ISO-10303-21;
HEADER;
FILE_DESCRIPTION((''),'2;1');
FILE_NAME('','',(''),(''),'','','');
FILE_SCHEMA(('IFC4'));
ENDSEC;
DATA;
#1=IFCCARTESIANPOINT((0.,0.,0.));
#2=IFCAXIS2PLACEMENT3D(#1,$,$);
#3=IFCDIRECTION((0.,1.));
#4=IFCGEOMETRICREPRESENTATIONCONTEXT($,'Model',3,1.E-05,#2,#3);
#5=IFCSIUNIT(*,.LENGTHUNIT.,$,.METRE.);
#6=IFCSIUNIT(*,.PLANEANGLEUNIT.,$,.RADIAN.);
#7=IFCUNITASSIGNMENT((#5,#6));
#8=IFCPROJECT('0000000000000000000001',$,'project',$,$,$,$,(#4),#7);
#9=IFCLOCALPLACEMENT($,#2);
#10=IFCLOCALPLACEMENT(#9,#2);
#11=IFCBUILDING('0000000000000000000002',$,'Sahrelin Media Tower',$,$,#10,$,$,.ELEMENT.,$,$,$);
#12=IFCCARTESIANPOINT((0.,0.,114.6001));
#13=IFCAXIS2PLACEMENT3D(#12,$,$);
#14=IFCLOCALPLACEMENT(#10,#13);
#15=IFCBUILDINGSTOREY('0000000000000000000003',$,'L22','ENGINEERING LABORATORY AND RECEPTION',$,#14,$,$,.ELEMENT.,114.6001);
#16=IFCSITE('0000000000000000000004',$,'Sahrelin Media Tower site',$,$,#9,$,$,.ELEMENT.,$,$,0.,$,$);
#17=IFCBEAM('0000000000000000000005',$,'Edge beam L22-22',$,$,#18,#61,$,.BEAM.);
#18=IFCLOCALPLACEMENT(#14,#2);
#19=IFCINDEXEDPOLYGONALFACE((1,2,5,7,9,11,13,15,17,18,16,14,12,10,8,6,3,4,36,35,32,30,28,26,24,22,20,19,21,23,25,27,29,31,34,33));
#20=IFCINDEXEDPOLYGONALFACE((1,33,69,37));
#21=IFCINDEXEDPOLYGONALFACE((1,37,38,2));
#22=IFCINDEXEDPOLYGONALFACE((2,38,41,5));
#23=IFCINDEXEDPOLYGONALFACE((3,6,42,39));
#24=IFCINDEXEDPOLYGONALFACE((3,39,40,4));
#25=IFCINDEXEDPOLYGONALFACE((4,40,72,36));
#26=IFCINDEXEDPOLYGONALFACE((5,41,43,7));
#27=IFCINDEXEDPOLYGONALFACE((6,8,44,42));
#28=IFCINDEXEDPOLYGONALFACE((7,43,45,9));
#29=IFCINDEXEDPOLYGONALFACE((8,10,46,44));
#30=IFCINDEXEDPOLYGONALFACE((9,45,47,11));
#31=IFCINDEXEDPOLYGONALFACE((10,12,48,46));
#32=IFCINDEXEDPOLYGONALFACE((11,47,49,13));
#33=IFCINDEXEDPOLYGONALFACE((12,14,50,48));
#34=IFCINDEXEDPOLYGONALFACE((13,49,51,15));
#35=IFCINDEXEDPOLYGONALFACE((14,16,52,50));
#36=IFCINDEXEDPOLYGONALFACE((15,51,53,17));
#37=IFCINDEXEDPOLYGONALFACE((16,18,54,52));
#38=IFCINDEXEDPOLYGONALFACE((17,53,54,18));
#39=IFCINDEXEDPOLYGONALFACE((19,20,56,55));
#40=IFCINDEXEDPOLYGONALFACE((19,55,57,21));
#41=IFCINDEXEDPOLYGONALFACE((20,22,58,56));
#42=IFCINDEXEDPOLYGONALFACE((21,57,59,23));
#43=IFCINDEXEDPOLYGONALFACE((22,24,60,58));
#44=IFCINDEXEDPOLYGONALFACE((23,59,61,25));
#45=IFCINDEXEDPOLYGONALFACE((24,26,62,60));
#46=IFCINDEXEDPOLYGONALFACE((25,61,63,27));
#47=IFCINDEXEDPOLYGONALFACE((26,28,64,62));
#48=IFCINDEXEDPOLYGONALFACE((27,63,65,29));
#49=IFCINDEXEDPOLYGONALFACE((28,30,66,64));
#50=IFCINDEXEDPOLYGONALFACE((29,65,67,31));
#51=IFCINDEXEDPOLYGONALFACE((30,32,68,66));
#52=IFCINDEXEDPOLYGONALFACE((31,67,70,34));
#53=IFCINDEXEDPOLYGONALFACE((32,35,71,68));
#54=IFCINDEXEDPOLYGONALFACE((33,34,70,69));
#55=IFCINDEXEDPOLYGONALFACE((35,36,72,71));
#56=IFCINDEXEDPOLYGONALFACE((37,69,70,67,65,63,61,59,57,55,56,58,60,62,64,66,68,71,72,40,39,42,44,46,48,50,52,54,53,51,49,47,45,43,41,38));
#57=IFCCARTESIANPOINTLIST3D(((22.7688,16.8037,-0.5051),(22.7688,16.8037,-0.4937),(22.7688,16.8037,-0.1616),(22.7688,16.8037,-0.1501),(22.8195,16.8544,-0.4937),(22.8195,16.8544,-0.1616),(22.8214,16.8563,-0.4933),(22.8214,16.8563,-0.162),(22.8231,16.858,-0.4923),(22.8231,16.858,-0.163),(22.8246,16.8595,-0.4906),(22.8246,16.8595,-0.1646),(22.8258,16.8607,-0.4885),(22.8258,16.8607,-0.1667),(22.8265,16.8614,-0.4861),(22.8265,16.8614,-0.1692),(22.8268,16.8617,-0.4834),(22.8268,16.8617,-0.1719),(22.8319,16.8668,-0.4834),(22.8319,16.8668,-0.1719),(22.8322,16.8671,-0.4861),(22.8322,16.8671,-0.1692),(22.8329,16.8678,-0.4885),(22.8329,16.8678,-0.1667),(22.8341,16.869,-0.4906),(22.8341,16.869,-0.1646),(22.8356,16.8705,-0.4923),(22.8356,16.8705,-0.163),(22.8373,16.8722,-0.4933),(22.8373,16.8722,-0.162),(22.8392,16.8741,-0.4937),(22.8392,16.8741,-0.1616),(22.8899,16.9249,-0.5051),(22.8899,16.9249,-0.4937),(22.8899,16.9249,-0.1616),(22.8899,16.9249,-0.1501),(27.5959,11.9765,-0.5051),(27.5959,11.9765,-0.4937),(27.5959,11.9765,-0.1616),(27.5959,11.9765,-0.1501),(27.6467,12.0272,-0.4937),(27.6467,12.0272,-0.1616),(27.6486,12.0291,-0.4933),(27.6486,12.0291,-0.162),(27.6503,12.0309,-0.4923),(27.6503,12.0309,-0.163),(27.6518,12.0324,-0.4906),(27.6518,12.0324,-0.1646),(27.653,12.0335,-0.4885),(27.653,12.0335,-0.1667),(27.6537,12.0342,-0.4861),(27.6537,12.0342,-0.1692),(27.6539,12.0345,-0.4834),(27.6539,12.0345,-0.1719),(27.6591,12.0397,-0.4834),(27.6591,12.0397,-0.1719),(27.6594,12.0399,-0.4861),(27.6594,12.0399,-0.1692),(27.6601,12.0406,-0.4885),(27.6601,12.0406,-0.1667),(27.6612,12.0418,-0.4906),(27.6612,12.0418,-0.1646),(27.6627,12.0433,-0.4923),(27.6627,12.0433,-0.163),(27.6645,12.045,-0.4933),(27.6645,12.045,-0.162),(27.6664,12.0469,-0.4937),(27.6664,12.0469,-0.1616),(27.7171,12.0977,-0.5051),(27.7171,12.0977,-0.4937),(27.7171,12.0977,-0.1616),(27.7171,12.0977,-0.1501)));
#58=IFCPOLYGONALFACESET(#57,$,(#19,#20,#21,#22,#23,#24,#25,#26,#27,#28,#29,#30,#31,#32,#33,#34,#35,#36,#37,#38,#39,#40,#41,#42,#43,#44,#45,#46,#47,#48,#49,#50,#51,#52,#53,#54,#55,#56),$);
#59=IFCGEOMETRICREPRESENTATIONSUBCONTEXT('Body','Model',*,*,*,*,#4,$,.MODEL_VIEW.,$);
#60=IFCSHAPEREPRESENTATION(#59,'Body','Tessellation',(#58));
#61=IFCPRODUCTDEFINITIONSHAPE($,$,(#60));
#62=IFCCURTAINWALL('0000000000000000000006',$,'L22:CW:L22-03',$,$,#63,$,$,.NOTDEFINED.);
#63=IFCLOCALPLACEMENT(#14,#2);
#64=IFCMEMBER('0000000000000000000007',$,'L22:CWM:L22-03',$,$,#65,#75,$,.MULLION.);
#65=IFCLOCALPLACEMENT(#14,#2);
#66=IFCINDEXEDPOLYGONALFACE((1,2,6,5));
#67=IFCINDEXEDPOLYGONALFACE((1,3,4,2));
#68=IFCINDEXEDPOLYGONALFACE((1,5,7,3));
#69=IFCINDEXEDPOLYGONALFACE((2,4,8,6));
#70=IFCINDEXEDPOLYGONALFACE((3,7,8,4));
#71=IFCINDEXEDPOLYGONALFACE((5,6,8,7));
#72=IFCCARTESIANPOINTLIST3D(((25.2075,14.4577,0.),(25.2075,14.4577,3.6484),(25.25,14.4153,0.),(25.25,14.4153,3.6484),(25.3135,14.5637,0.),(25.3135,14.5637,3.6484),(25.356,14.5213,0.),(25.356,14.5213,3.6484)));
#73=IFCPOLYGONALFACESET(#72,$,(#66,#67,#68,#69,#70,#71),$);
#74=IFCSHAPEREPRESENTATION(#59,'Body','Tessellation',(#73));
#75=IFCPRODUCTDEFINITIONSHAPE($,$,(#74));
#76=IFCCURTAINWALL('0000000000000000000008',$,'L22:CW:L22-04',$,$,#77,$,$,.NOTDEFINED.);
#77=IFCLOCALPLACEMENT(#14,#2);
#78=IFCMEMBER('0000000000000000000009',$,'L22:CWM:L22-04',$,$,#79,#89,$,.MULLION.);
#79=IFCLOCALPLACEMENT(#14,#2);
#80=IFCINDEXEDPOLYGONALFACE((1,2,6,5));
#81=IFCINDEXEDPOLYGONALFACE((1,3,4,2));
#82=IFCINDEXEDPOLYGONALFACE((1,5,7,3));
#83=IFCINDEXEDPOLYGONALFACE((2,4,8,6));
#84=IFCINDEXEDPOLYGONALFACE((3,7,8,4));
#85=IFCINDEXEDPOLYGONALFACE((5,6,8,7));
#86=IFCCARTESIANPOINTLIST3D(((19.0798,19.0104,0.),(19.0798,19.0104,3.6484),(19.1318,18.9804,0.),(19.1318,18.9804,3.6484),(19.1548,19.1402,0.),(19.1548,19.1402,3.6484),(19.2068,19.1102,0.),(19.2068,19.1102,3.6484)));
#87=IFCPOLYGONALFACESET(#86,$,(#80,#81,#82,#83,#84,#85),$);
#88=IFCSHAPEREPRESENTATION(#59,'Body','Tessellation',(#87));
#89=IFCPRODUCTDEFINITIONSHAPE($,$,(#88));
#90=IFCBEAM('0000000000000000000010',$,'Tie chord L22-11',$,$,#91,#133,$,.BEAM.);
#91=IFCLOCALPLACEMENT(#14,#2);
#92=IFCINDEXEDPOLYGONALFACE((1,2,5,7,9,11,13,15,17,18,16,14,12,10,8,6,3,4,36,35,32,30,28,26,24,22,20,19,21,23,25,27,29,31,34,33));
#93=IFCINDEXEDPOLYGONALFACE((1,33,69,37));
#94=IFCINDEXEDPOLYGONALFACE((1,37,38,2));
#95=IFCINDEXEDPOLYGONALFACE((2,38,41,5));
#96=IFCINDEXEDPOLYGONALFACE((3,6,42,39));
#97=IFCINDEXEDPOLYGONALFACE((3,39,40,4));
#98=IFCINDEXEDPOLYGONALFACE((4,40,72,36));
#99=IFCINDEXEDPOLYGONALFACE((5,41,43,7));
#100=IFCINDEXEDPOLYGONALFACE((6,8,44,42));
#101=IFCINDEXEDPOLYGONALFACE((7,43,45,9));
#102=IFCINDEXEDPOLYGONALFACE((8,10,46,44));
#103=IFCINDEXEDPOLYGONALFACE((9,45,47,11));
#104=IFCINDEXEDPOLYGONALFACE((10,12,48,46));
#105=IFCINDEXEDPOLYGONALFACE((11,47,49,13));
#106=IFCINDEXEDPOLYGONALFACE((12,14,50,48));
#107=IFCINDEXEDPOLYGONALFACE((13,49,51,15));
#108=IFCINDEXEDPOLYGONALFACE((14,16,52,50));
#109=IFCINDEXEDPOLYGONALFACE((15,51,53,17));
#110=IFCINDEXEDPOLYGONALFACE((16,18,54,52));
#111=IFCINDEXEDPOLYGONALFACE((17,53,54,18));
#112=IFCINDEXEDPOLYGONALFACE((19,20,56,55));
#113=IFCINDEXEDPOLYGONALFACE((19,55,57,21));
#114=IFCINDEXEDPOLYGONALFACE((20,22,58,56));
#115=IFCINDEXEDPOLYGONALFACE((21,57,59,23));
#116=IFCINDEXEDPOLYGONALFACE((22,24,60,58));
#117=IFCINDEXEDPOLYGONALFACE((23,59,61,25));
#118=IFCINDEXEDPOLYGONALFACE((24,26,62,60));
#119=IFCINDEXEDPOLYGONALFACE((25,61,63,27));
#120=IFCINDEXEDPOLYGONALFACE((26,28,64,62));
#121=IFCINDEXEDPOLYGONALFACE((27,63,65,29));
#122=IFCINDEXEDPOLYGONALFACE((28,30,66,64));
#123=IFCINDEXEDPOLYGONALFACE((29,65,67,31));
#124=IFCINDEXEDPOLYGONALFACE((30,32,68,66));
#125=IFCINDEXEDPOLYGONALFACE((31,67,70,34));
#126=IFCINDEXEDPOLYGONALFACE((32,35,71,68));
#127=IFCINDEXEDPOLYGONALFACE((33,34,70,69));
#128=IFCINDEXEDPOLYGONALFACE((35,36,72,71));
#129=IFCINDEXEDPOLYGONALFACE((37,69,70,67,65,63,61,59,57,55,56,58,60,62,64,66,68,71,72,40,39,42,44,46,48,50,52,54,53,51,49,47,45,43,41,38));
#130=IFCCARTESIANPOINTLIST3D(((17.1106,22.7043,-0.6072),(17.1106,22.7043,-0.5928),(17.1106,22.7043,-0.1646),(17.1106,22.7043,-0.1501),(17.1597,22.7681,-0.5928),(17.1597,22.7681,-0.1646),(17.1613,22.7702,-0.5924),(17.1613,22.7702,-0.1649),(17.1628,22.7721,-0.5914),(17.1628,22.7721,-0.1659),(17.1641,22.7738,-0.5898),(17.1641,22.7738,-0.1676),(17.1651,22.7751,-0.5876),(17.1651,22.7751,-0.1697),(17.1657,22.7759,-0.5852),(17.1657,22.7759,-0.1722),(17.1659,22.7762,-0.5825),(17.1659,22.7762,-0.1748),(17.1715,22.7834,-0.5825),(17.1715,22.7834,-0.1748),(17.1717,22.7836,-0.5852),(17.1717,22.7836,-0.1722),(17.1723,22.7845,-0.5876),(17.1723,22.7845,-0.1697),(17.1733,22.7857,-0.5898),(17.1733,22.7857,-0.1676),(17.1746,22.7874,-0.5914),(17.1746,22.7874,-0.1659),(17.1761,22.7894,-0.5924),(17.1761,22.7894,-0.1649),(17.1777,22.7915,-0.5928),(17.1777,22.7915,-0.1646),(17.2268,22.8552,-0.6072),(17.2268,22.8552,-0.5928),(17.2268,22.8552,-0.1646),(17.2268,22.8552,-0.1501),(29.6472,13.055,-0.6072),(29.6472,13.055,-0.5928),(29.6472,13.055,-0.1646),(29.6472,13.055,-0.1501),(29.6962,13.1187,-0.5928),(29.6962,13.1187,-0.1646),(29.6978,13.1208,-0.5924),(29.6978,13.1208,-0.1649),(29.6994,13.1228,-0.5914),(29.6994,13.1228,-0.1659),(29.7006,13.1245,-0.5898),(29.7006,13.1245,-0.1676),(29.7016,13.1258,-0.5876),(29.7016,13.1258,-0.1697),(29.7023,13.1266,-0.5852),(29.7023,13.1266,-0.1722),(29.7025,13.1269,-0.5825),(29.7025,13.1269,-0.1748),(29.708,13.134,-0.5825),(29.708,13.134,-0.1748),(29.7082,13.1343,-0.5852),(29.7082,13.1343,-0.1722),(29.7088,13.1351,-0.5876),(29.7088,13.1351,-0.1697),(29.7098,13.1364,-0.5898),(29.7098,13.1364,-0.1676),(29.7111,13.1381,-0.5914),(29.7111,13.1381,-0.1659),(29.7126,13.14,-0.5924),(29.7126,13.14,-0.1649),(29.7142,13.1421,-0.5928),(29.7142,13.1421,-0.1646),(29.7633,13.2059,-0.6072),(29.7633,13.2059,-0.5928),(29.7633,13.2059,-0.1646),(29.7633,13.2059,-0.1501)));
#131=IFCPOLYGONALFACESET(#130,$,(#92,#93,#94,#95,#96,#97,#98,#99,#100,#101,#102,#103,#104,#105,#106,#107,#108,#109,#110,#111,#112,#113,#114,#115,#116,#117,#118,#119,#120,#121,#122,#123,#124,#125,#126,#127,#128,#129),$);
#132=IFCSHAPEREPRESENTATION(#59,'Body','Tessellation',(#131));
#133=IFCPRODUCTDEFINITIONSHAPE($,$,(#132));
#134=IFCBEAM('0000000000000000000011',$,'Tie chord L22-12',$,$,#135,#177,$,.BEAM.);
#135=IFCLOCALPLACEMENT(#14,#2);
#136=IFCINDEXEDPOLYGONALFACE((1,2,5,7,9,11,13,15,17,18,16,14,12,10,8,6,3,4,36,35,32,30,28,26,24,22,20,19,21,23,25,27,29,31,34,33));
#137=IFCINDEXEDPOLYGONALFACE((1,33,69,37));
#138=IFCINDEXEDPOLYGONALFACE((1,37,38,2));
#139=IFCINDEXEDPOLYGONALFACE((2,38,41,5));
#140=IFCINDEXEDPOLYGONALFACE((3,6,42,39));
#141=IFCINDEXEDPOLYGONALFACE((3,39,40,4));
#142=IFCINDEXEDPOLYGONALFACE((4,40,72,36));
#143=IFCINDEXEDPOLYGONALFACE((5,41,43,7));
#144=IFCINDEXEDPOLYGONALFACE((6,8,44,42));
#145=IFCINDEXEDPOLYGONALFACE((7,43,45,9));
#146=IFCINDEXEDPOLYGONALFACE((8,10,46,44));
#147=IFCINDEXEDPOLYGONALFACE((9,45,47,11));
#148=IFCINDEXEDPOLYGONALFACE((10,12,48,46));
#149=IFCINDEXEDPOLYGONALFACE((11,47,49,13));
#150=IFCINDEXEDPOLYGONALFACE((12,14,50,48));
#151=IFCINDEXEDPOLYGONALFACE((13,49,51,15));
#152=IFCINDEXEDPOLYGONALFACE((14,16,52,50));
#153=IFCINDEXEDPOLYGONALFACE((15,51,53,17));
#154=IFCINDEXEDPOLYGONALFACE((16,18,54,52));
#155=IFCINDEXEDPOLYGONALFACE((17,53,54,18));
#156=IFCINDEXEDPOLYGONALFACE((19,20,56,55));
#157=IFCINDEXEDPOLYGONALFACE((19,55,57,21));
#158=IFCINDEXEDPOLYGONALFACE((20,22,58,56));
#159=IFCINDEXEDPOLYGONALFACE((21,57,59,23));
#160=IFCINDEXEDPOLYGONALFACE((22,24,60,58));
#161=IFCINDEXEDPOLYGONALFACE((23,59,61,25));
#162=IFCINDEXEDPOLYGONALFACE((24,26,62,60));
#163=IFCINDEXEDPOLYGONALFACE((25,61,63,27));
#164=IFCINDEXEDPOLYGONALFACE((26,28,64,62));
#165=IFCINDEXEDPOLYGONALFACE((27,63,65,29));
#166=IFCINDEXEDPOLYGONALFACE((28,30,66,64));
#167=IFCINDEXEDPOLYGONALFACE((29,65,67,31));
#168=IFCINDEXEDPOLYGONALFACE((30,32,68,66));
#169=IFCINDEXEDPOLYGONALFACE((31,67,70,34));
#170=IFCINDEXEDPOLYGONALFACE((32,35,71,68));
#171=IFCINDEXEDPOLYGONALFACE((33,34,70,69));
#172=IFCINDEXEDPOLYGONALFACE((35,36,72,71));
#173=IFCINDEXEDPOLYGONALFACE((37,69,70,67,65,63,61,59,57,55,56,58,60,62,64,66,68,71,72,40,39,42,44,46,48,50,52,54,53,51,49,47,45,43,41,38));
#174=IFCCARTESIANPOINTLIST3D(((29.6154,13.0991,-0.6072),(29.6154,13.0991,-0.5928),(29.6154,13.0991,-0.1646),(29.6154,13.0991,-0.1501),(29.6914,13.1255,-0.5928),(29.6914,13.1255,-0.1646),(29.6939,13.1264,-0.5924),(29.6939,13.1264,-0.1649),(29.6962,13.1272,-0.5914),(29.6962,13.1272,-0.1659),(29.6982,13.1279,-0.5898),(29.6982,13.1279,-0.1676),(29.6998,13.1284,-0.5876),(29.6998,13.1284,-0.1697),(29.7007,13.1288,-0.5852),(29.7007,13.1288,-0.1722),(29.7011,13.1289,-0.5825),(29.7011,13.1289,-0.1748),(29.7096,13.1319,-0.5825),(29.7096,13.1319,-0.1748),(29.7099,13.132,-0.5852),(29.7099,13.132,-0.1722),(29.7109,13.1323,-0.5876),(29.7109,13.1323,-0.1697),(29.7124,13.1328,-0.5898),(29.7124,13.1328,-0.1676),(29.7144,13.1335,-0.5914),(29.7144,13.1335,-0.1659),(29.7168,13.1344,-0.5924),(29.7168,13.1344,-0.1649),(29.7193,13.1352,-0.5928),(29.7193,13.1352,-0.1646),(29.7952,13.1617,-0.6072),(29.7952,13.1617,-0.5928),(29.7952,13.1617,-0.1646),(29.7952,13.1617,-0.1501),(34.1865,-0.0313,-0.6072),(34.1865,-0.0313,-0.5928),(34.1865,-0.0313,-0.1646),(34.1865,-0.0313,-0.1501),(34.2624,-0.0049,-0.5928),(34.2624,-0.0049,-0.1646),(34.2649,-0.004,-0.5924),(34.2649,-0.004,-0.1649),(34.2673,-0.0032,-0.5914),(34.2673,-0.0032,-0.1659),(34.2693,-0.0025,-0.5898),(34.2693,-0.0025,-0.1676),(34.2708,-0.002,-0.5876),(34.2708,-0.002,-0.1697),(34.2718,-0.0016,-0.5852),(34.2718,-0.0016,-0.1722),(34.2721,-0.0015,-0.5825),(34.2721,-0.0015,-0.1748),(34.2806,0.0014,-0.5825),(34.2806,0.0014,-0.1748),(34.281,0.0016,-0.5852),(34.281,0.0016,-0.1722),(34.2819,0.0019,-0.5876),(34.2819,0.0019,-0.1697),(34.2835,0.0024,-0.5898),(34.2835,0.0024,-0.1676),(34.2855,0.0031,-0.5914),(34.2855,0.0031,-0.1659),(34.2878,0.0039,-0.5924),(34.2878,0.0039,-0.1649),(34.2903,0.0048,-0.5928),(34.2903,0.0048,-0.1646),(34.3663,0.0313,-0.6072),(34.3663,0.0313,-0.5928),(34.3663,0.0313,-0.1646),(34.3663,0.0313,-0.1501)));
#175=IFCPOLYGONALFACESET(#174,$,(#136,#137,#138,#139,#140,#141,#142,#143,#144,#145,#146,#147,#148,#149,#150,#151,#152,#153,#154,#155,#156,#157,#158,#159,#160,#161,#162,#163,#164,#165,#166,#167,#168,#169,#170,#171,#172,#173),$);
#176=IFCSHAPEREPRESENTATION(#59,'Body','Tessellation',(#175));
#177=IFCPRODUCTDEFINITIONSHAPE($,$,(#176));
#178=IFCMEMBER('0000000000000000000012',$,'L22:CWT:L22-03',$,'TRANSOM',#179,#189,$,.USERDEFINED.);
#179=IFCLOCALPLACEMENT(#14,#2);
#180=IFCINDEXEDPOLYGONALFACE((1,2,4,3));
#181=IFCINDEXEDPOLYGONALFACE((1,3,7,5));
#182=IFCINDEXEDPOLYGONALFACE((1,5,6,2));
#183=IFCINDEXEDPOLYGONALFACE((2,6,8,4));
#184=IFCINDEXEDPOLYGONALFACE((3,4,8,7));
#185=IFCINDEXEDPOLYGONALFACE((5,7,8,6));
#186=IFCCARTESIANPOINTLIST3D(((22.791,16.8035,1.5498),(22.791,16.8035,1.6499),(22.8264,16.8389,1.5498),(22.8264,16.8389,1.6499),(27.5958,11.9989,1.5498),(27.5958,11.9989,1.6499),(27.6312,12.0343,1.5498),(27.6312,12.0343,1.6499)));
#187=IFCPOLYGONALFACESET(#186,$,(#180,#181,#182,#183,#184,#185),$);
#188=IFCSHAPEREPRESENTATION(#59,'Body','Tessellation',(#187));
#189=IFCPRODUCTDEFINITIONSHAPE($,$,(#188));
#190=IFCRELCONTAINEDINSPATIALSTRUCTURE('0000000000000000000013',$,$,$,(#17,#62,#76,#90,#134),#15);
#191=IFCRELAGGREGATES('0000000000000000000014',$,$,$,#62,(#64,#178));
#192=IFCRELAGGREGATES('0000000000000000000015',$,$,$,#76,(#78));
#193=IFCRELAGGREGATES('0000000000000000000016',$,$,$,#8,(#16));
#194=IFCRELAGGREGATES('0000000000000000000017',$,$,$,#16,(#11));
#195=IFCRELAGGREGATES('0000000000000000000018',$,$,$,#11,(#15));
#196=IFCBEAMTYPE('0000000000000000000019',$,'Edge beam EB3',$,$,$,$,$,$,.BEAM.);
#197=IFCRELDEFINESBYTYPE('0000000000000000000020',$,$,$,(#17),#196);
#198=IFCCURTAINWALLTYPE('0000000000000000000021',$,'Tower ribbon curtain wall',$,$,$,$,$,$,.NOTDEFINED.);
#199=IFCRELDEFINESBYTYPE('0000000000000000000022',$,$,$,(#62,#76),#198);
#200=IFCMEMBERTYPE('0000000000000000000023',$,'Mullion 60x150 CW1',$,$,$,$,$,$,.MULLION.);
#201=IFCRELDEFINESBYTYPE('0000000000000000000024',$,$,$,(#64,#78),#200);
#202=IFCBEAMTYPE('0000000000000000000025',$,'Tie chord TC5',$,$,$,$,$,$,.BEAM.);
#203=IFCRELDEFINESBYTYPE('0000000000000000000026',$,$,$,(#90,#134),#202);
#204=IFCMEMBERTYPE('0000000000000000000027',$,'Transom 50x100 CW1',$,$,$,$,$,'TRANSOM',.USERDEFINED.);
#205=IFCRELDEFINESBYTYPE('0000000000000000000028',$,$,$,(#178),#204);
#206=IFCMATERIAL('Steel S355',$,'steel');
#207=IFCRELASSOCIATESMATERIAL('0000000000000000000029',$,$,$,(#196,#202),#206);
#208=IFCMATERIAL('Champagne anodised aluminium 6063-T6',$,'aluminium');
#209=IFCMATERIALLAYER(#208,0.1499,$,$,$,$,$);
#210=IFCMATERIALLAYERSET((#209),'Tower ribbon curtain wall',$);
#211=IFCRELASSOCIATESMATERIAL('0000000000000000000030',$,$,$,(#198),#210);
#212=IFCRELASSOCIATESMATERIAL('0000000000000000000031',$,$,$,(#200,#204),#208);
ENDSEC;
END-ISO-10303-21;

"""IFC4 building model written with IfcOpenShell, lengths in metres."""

from ifc_helpers import new_model, si_unit, direction, frame, origin, origin_2d, place, context, subcontext, project, spatial, rectangle, i_section, extrude, material, layer, layer_set, material_profile, profile_set, type_object, element, aggregate, save


model = new_model("IFC4")

# Units and contexts
model_context = context("Model", 3, precision=1e-05, world=origin(), true_north=direction((0.0, 1.0)))
body_context = subcontext(model_context, "Body", "Model", "MODEL_VIEW")
ifc_project = project(units=[si_unit("LENGTHUNIT", "METRE"), si_unit("PLANEANGLEUNIT", "RADIAN")], contexts=[model_context])

# Site, building, storey
site_placement = place(None, origin())
site = spatial("IfcSite", under=ifc_project, at=site_placement, Name="Sahrelin Media Tower site", CompositionType="ELEMENT", RefElevation=0.0)
building_placement = place(site_placement, origin())
building = spatial("IfcBuilding", under=site, at=building_placement, Name="Sahrelin Media Tower", CompositionType="ELEMENT")
storey_placement = place(building_placement, frame((0.0, 0.0, 114.6001)))
storey = spatial("IfcBuildingStorey", under=building, at=storey_placement, Name="L22", Description="ENGINEERING LABORATORY AND RECEPTION", CompositionType="ELEMENT", Elevation=114.6001)

# Beam
ifc_material_1 = material(Name="Steel S355", Category="steel")
ifc_material_profile_1 = material_profile(ifc_material_1, i_section(OverallWidth=0.1714, OverallDepth=0.355, WebThickness=0.0073, FlangeThickness=0.0115, FilletRadius=0.0103, at=origin_2d()), Name="UB 356x171x51")
ifc_profile_set_1 = profile_set([ifc_material_profile_1], Name="Steel S355")
beam_type_1 = type_object("IfcBeamType", Name="Edge beam EB3", PredefinedType="BEAM", material=ifc_profile_set_1)
beam_1_placement = place(storey_placement, frame((22.8293, 16.8643, -0.3276), z_axis=(0.707107, -0.707107, 0.0), x_axis=(0.707107, 0.707107, 0.0)))
element("IfcBeam", 1, at=beam_1_placement, inside=storey, type_object=beam_type_1, Name="Edge beam L22-22", PredefinedType="BEAM", context=body_context, shape_type="SweptSolid", body=[
    extrude(i_section(OverallWidth=0.1714, OverallDepth=0.355, WebThickness=0.0073, FlangeThickness=0.0115, FilletRadius=0.0103, at=origin_2d()), origin(), (0.0, 0.0, 1.0), 6.8267),
])

# Curtain walls, members
ifc_material_2 = material(Name="Champagne anodised aluminium 6063-T6", Category="aluminium")
ifc_layer_1 = layer(ifc_material_2, 0.1499)
ifc_layer_set_1 = layer_set([ifc_layer_1], Name="Tower ribbon curtain wall")
curtain_wall_type = type_object("IfcCurtainWallType", Name="Tower ribbon curtain wall", PredefinedType="NOTDEFINED", material=ifc_layer_set_1)
curtain_wall_1_placement = place(storey_placement, frame((25.3491, 14.5569, 0.0), z_axis=(0.0, 0.0, 1.0), x_axis=(1.0, 0.0, 0.0)))
curtain_wall_1 = element("IfcCurtainWall", 2, at=curtain_wall_1_placement, inside=storey, type_object=curtain_wall_type, Name="L22:CW:L22-03", PredefinedType="NOTDEFINED")
ifc_material_profile_2 = material_profile(ifc_material_2, rectangle(XDim=0.0601, YDim=0.1499, at=origin_2d()), Name="Mullion 60x150")
ifc_profile_set_2 = profile_set([ifc_material_profile_2], Name="Champagne anodised aluminium 6063-T6")
member_type_1 = type_object("IfcMemberType", Name="Mullion 60x150 CW1", PredefinedType="MULLION", material=ifc_profile_set_2)
member_1_placement = place(storey_placement, frame((25.2817, 14.4895, 0.0), z_axis=(0.0, 0.0, 1.0), x_axis=(-0.707099, 0.707114, 0.0)))
member_1 = element("IfcMember", 3, at=member_1_placement, type_object=member_type_1, Name="L22:CWM:L22-03", PredefinedType="MULLION", context=body_context, shape_type="SweptSolid", body=[
    extrude(rectangle(XDim=0.0601, YDim=0.1499, at=origin_2d()), origin(), (0.0, 0.0, 1.0), 3.6484),
])
curtain_wall_2_placement = place(storey_placement, frame((19.1907, 19.1426, 0.0), z_axis=(0.0, 0.0, 1.0), x_axis=(1.0, 0.0, 0.0)))
curtain_wall_2 = element("IfcCurtainWall", 4, at=curtain_wall_2_placement, inside=storey, type_object=curtain_wall_type, Name="L22:CW:L22-04", PredefinedType="NOTDEFINED")
member_2_placement = place(storey_placement, frame((19.1433, 19.0603, 0.0), z_axis=(0.0, 0.0, 1.0), x_axis=(-0.866026, 0.499998, 0.0)))
member_2 = element("IfcMember", 5, at=member_2_placement, type_object=member_type_1, Name="L22:CWM:L22-04", PredefinedType="MULLION", context=body_context, shape_type="SweptSolid", body=[
    extrude(rectangle(XDim=0.0601, YDim=0.1499, at=origin_2d()), origin(), (0.0, 0.0, 1.0), 3.6484),
])

# Beams
ifc_material_profile_3 = material_profile(ifc_material_1, i_section(OverallWidth=0.1904, OverallDepth=0.457, WebThickness=0.009, FlangeThickness=0.0144, FilletRadius=0.0103, at=origin_2d()), Name="UB 457x191x74")
ifc_profile_set_3 = profile_set([ifc_material_profile_3], Name="Steel S355")
beam_type_2 = type_object("IfcBeamType", Name="Tie chord TC5", PredefinedType="BEAM", material=ifc_profile_set_3)
beam_2_placement = place(storey_placement, frame((17.1687, 22.7798, -0.3787), z_axis=(0.792445, -0.609943, 0.0), x_axis=(0.609943, 0.792445, 0.0)))
element("IfcBeam", 6, at=beam_2_placement, inside=storey, type_object=beam_type_2, Name="Tie chord L22-11", PredefinedType="BEAM", context=body_context, shape_type="SweptSolid", body=[
    extrude(i_section(OverallWidth=0.1904, OverallDepth=0.457, WebThickness=0.009, FlangeThickness=0.0144, FilletRadius=0.0103, at=origin_2d()), origin(), (0.0, 0.0, 1.0), 15.8201),
])
beam_3_placement = place(storey_placement, frame((29.7053, 13.1304, -0.3787), z_axis=(0.328775, -0.944408, 0.0), x_axis=(0.944408, 0.328775, 0.0)))
element("IfcBeam", 7, at=beam_3_placement, inside=storey, type_object=beam_type_2, Name="Tie chord L22-12", PredefinedType="BEAM", context=body_context, shape_type="SweptSolid", body=[
    extrude(i_section(OverallWidth=0.1904, OverallDepth=0.457, WebThickness=0.009, FlangeThickness=0.0144, FilletRadius=0.0103, at=origin_2d()), origin(), (0.0, 0.0, 1.0), 13.9033),
])

# Member
ifc_material_profile_4 = material_profile(ifc_material_2, rectangle(XDim=0.05, YDim=0.1001, at=origin_2d()), Name="Transom 50x100")
ifc_profile_set_4 = profile_set([ifc_material_profile_4], Name="Champagne anodised aluminium 6063-T6")
member_type_2 = type_object("IfcMemberType", Name="Transom 50x100 CW1", ElementType="TRANSOM", PredefinedType="USERDEFINED", material=ifc_profile_set_4)
member_3_placement = place(storey_placement, frame((27.6135, 12.0166, 1.5999), z_axis=(-0.707125, 0.707089, 0.0), x_axis=(-0.707089, -0.707125, 0.0)))
member_3 = element("IfcMember", 8, at=member_3_placement, type_object=member_type_2, Name="L22:CWT:L22-03", ObjectType="TRANSOM", PredefinedType="USERDEFINED", context=body_context, shape_type="SweptSolid", body=[
    extrude(rectangle(XDim=0.05, YDim=0.1001, at=origin_2d()), origin(), (0.0, 0.0, 1.0), 6.7949),
])

aggregate(curtain_wall_1, [member_1, member_3])
aggregate(curtain_wall_2, [member_2])

save(model, "model.ifc")
